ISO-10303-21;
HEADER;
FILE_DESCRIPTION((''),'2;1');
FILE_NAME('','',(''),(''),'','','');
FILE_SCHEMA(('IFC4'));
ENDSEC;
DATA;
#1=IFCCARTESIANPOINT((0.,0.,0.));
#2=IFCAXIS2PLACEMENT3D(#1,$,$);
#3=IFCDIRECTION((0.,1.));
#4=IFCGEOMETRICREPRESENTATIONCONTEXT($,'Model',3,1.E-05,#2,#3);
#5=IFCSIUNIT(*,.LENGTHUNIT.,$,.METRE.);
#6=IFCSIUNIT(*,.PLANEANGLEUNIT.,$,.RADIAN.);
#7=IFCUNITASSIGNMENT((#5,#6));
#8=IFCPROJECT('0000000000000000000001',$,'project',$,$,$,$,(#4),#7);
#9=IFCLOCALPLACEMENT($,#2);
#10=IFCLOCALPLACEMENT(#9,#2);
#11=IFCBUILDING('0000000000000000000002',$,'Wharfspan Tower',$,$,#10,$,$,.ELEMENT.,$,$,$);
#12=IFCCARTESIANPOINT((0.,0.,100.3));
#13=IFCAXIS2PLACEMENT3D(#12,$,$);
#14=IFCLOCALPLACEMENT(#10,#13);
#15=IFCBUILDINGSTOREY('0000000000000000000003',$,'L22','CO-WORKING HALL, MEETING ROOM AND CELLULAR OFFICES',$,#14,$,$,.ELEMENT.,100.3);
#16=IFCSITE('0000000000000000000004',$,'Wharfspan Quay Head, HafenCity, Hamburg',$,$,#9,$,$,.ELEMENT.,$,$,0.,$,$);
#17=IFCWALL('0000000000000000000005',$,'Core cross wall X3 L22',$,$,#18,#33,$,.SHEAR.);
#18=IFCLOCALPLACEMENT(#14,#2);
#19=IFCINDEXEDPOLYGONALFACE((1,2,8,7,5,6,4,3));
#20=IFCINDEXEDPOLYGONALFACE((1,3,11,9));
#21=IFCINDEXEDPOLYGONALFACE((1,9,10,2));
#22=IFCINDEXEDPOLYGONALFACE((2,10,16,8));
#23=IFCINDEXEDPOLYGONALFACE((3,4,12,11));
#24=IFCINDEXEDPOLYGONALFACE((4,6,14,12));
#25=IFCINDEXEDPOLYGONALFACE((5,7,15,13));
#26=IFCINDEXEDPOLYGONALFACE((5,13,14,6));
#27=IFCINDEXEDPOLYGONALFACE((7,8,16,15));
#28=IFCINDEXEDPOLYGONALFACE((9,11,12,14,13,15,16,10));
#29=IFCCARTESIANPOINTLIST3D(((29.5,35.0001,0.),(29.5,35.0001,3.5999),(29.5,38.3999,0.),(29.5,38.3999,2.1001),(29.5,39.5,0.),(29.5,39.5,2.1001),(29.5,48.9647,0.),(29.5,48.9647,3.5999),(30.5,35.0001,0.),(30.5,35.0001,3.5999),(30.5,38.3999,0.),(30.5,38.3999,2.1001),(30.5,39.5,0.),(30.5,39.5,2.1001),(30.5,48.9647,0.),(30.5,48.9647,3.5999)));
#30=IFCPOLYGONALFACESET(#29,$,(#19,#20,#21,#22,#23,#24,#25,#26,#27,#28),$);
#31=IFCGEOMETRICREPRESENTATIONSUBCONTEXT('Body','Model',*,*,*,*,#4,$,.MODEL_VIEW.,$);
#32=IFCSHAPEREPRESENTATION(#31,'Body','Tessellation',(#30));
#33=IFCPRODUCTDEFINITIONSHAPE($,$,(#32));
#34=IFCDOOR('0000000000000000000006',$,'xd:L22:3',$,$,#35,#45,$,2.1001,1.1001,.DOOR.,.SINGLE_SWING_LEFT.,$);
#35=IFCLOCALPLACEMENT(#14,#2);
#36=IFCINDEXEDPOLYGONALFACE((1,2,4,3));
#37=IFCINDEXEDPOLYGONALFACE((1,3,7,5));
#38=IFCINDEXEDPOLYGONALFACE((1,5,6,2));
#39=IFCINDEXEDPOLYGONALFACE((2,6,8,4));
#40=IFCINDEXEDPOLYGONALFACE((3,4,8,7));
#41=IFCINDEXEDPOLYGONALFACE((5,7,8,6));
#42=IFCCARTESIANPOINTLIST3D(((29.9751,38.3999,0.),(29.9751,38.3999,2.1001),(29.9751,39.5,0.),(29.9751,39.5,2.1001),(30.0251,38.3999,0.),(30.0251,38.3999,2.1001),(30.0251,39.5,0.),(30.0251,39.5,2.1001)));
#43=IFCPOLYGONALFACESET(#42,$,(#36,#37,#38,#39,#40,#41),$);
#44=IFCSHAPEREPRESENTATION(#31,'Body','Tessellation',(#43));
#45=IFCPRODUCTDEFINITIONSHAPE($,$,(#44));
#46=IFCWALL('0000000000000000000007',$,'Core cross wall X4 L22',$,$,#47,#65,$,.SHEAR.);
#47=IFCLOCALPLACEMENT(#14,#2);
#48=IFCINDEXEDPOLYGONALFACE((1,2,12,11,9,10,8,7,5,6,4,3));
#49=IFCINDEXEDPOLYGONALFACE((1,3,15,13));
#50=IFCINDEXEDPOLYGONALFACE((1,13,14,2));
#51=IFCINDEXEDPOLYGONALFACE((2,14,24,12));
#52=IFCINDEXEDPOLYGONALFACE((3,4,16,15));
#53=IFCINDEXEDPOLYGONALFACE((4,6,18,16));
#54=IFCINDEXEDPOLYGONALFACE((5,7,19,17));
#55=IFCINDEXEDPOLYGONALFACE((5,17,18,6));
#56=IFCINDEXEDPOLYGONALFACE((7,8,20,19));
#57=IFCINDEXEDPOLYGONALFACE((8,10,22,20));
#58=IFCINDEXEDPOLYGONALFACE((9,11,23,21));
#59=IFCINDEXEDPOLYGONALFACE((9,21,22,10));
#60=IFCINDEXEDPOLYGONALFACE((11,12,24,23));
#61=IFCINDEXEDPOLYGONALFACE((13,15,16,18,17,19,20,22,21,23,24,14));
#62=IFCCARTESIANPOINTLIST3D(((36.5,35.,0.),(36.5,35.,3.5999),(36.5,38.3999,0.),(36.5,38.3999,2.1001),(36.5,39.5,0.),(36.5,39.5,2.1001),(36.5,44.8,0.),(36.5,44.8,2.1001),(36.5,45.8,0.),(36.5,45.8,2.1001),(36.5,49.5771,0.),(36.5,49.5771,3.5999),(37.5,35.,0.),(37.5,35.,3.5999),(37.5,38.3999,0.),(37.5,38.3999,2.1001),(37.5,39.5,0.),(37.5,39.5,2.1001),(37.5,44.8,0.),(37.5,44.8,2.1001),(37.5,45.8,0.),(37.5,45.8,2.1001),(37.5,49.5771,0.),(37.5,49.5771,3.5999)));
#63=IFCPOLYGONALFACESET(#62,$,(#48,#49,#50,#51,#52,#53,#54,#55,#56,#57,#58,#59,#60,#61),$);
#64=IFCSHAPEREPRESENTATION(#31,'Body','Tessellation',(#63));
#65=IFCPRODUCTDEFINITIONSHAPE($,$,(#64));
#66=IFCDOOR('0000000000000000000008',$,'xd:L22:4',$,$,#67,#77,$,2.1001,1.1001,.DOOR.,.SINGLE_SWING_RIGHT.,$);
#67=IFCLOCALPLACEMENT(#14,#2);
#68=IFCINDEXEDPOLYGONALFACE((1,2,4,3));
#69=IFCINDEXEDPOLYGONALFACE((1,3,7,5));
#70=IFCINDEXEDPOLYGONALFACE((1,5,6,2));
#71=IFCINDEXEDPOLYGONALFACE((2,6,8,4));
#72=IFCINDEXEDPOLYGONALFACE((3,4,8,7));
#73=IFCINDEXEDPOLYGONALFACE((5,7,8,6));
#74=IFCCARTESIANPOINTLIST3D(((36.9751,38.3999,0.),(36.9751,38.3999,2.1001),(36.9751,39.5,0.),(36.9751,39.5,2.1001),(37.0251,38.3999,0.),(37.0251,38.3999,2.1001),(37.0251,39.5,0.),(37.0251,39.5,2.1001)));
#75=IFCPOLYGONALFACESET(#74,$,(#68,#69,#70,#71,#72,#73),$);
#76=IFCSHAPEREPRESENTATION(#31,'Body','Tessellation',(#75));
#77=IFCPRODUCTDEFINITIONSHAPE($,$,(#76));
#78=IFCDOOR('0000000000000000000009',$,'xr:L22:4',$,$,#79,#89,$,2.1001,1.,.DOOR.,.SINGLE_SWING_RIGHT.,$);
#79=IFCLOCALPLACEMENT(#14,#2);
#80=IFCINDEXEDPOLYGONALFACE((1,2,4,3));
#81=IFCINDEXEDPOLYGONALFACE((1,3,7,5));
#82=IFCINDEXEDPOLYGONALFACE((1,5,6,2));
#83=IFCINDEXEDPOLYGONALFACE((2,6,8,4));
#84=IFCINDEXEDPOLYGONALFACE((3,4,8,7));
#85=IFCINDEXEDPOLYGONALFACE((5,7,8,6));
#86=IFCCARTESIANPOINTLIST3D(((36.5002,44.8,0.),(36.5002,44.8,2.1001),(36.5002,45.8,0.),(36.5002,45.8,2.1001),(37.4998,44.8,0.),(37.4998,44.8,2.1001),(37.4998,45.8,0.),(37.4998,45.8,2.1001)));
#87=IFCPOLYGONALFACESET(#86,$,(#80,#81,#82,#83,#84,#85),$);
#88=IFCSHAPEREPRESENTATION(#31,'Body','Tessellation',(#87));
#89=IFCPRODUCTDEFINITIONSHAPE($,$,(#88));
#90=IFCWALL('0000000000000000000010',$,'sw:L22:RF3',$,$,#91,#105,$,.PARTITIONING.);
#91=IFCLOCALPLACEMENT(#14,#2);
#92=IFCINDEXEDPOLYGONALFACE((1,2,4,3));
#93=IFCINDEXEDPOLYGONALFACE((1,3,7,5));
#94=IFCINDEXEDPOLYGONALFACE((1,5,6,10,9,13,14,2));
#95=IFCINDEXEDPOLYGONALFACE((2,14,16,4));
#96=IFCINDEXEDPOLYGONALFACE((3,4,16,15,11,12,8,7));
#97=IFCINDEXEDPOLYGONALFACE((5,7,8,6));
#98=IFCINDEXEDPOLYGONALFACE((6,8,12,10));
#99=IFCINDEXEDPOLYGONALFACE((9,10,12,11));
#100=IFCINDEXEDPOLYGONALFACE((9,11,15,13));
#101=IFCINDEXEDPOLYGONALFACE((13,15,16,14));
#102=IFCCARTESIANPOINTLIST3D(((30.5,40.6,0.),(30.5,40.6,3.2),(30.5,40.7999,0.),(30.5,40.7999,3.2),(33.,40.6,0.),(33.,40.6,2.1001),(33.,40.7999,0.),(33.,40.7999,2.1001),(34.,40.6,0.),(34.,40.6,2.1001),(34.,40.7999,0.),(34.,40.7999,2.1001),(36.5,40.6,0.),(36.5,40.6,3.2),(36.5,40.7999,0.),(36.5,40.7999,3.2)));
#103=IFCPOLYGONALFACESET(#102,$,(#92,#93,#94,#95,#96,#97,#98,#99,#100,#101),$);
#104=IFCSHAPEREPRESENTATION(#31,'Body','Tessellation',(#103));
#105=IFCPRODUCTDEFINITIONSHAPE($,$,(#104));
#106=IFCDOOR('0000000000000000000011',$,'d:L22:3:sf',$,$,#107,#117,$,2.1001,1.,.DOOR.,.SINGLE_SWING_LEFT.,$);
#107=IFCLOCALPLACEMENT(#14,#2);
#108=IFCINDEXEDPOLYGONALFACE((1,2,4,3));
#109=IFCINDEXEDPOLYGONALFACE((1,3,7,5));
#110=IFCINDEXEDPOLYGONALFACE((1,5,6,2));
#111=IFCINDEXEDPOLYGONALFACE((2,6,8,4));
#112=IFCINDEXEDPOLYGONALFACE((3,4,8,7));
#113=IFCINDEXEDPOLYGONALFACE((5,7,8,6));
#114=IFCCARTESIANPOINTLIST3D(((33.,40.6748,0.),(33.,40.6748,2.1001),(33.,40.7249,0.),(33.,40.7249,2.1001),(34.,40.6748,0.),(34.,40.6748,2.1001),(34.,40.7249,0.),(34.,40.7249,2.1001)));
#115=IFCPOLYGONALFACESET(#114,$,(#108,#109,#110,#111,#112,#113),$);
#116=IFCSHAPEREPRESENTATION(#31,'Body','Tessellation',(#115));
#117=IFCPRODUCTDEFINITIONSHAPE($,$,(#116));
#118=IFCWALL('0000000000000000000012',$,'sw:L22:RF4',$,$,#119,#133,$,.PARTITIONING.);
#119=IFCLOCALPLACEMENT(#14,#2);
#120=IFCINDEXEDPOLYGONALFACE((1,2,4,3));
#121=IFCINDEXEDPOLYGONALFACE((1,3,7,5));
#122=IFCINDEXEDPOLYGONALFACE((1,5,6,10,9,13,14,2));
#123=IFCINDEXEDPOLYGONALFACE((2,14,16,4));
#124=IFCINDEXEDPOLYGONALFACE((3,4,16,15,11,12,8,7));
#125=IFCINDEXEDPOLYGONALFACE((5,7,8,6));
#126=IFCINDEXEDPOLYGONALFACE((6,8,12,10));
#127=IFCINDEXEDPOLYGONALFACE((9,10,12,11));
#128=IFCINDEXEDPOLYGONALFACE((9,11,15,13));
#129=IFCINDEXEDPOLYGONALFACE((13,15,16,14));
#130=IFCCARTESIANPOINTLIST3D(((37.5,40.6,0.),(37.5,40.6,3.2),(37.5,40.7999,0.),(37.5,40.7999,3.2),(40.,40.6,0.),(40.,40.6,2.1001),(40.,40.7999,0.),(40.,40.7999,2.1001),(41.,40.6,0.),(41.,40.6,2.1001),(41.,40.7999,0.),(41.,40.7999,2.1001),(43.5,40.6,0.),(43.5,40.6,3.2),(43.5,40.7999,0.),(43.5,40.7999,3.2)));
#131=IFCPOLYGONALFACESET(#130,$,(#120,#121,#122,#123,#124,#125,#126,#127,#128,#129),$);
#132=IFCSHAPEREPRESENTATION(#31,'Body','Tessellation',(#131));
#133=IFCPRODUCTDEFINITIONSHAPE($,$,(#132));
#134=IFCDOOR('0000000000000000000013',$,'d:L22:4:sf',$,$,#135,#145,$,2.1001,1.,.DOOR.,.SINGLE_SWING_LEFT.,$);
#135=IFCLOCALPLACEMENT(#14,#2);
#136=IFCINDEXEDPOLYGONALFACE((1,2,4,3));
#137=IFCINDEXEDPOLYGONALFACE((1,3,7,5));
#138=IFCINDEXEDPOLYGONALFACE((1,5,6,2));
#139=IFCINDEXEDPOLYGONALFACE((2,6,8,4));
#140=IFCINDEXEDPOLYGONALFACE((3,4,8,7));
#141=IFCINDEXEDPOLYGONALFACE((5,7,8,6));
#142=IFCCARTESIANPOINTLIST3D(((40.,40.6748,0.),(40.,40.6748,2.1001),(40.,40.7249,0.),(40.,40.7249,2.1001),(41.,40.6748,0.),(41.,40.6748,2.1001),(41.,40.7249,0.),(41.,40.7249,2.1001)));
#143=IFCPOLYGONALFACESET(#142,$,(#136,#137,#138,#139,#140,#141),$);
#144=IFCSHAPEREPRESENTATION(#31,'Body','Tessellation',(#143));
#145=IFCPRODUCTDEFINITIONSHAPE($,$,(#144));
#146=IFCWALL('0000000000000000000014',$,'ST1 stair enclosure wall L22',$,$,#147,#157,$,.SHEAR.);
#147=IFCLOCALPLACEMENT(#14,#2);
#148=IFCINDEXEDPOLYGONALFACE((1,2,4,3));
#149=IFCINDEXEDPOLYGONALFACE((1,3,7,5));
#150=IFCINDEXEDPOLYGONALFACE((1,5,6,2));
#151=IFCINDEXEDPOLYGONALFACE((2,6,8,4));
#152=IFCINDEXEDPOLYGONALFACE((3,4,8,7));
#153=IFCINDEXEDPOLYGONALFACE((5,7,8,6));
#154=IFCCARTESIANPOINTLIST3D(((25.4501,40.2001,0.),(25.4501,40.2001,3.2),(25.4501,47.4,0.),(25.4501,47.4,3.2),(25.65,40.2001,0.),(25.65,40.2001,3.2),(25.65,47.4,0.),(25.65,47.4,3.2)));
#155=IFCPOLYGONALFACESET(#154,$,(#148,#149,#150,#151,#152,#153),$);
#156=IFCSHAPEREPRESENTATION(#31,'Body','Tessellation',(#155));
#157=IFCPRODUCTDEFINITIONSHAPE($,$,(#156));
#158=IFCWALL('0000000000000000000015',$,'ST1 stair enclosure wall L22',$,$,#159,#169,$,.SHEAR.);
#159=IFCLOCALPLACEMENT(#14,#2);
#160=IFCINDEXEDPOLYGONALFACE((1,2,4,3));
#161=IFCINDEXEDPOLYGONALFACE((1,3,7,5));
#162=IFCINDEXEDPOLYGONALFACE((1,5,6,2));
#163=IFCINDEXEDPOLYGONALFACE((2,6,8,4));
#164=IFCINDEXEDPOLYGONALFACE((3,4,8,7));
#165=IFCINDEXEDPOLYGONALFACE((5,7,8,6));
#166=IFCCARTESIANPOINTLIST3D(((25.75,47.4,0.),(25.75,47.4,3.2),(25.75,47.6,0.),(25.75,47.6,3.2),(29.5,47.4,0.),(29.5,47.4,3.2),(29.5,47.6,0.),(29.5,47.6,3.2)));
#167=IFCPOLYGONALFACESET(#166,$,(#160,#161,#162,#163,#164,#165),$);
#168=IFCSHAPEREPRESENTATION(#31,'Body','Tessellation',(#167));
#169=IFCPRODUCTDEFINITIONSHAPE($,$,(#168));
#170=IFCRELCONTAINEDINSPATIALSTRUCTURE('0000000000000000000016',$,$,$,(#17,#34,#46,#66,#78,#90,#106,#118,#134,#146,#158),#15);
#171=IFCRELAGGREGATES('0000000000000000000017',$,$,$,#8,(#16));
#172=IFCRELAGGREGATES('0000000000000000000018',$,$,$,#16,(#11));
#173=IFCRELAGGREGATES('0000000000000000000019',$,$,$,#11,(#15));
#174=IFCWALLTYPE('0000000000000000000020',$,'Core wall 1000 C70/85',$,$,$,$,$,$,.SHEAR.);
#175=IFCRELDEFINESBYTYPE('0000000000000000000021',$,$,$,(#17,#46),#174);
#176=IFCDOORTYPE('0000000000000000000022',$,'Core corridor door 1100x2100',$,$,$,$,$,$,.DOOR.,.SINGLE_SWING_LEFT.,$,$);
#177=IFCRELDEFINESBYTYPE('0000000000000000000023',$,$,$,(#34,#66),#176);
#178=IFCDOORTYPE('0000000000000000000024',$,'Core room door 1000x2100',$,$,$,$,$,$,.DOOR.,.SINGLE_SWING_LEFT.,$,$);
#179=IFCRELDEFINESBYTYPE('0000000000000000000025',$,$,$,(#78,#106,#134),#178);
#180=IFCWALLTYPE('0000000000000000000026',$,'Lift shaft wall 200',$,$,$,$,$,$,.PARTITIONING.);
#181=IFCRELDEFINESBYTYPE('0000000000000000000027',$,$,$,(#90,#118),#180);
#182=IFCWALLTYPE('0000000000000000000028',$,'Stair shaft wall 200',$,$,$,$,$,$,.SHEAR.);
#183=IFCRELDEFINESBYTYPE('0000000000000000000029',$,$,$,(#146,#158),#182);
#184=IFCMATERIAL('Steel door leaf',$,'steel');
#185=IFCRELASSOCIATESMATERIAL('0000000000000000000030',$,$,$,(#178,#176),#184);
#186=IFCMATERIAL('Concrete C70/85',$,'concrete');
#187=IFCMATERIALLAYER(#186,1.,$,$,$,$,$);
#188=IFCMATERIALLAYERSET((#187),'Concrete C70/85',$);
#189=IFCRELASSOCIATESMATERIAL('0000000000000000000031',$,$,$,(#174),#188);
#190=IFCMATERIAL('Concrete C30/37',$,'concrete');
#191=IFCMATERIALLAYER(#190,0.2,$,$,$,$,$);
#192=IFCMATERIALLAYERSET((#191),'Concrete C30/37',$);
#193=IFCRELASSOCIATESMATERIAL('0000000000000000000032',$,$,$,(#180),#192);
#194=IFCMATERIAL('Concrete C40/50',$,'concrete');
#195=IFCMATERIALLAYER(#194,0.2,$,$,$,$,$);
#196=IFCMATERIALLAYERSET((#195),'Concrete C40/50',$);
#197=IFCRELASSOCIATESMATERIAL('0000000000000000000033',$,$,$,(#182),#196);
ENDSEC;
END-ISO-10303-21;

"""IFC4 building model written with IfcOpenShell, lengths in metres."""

from ifc_helpers import new_model, si_unit, direction, frame, frame_2d, origin, place, context, subcontext, project, spatial, rectangle, extrude, material, layer, layer_set, type_object, element, fill, save


model = new_model("IFC4")

# Units and contexts
model_context = context("Model", 3, precision=1e-05, world=origin(), true_north=direction((0.0, 1.0)))
body_context = subcontext(model_context, "Body", "Model", "MODEL_VIEW")
ifc_project = project(units=[si_unit("LENGTHUNIT", "METRE"), si_unit("PLANEANGLEUNIT", "RADIAN")], contexts=[model_context])

# Site, building, storey
site_placement = place(None, origin())
site = spatial("IfcSite", under=ifc_project, at=site_placement, Name="Wharfspan Quay Head, HafenCity, Hamburg", CompositionType="ELEMENT", RefElevation=0.0)
building_placement = place(site_placement, origin())
building = spatial("IfcBuilding", under=site, at=building_placement, Name="Wharfspan Tower", CompositionType="ELEMENT")
storey_placement = place(building_placement, frame((0.0, 0.0, 100.3)))
storey = spatial("IfcBuildingStorey", under=building, at=storey_placement, Name="L22", Description="CO-WORKING HALL, MEETING ROOM AND CELLULAR OFFICES", CompositionType="ELEMENT", Elevation=100.3)

# Wall, opening, door
ifc_material_1 = material(Name="Steel door leaf", Category="steel")
door_type_1 = type_object("IfcDoorType", Name="Core room door 1000x2100", OperationType="SINGLE_SWING_LEFT", PredefinedType="DOOR", material=ifc_material_1)
ifc_material_2 = material(Name="Concrete C70/85", Category="concrete")
ifc_layer_1 = layer(ifc_material_2, 1.0)
ifc_layer_set_1 = layer_set([ifc_layer_1], Name="Concrete C70/85")
wall_type_1 = type_object("IfcWallType", Name="Core wall 1000 C70/85", PredefinedType="SHEAR", material=ifc_layer_set_1)
wall_1_placement = place(storey_placement, frame((30.0, 35.0, 0.0), z_axis=(0.0, 0.0, 1.0), x_axis=(0.0, 1.0, 0.0)))
wall_1 = element("IfcWall", 1, at=wall_1_placement, inside=storey, type_object=wall_type_1, Name="Core cross wall X3 L22", PredefinedType="SHEAR", context=body_context, shape_type="SweptSolid", body=[
    extrude(rectangle(XDim=13.9646, YDim=1.0, at=frame_2d((6.9824, 0.0))), origin(), (0.0, 0.0, 1.0), 3.5999),
])
opening_1_placement = place(wall_1_placement, frame((3.3999, 0.0, 0.0)))
opening_1 = element("IfcOpeningElement", 2, at=opening_1_placement, cuts=wall_1, PredefinedType="OPENING", context=body_context, shape_type="SweptSolid", body=[
    extrude(rectangle(XDim=1.1001, YDim=2.1001, at=frame_2d((0.55, 1.05))), frame((0.0, 0.51, 0.0), z_axis=(0.0, -1.0, 0.0), x_axis=(1.0, 0.0, 0.0)), (0.0, 0.0, 1.0), 1.02),
])
door_type_2 = type_object("IfcDoorType", Name="Core corridor door 1100x2100", OperationType="SINGLE_SWING_LEFT", PredefinedType="DOOR", material=ifc_material_1)
door_1_placement = place(opening_1_placement, origin())
door_1 = element("IfcDoor", 3, at=door_1_placement, inside=storey, type_object=door_type_2, Name="xd:L22:3", OperationType="SINGLE_SWING_LEFT", OverallHeight=2.1001, OverallWidth=1.1001, PredefinedType="DOOR", context=body_context, shape_type="SweptSolid", body=[
    extrude(rectangle(XDim=1.1001, YDim=2.1001, at=frame_2d((0.55, 1.05))), frame((0.0, 0.0249, 0.0), z_axis=(0.0, -1.0, 0.0), x_axis=(1.0, 0.0, 0.0)), (0.0, 0.0, 1.0), 0.05),
])
fill(opening_1, door_1)

# Wall, openings, doors
wall_2_placement = place(storey_placement, frame((37.0, 35.0, 0.0), z_axis=(0.0, 0.0, 1.0), x_axis=(0.0, 1.0, 0.0)))
wall_2 = element("IfcWall", 4, at=wall_2_placement, inside=storey, type_object=wall_type_1, Name="Core cross wall X4 L22", PredefinedType="SHEAR", context=body_context, shape_type="SweptSolid", body=[
    extrude(rectangle(XDim=14.5771, YDim=1.0, at=frame_2d((7.2886, 0.0))), origin(), (0.0, 0.0, 1.0), 3.5999),
])
opening_2_placement = place(wall_2_placement, frame((3.3999, 0.0, 0.0)))
opening_2 = element("IfcOpeningElement", 5, at=opening_2_placement, cuts=wall_2, PredefinedType="OPENING", context=body_context, shape_type="SweptSolid", body=[
    extrude(rectangle(XDim=1.1001, YDim=2.1001, at=frame_2d((0.55, 1.05))), frame((0.0, 0.51, 0.0), z_axis=(0.0, -1.0, 0.0), x_axis=(1.0, 0.0, 0.0)), (0.0, 0.0, 1.0), 1.02),
])
opening_3_placement = place(wall_2_placement, frame((9.8, 0.0, 0.0)))
opening_3 = element("IfcOpeningElement", 6, at=opening_3_placement, cuts=wall_2, PredefinedType="OPENING", context=body_context, shape_type="SweptSolid", body=[
    extrude(rectangle(XDim=1.0, YDim=2.1001, at=frame_2d((0.5, 1.05))), frame((0.0, 0.51, 0.0), z_axis=(0.0, -1.0, 0.0), x_axis=(1.0, 0.0, 0.0)), (0.0, 0.0, 1.0), 1.02),
])
door_2_placement = place(opening_2_placement, origin())
door_2 = element("IfcDoor", 7, at=door_2_placement, inside=storey, type_object=door_type_2, Name="xd:L22:4", OperationType="SINGLE_SWING_RIGHT", OverallHeight=2.1001, OverallWidth=1.1001, PredefinedType="DOOR", context=body_context, shape_type="SweptSolid", body=[
    extrude(rectangle(XDim=1.1001, YDim=2.1001, at=frame_2d((0.55, 1.05))), frame((0.0, 0.0249, 0.0), z_axis=(0.0, -1.0, 0.0), x_axis=(1.0, 0.0, 0.0)), (0.0, 0.0, 1.0), 0.05),
])
fill(opening_2, door_2)
door_3_placement = place(opening_3_placement, origin())
door_3 = element("IfcDoor", 8, at=door_3_placement, inside=storey, type_object=door_type_1, Name="xr:L22:4", OperationType="SINGLE_SWING_RIGHT", OverallHeight=2.1001, OverallWidth=1.0, PredefinedType="DOOR", context=body_context, shape_type="SweptSolid", body=[
    extrude(rectangle(XDim=1.0, YDim=2.1001, at=frame_2d((0.5, 1.05))), frame((0.0, 0.4998, 0.0), z_axis=(0.0, -1.0, 0.0), x_axis=(1.0, 0.0, 0.0)), (0.0, 0.0, 1.0), 0.9995),
])
fill(opening_3, door_3)

# Walls, openings, doors
ifc_material_3 = material(Name="Concrete C30/37", Category="concrete")
ifc_layer_2 = layer(ifc_material_3, 0.2)
ifc_layer_set_2 = layer_set([ifc_layer_2], Name="Concrete C30/37")
wall_type_2 = type_object("IfcWallType", Name="Lift shaft wall 200", PredefinedType="PARTITIONING", material=ifc_layer_set_2)
wall_3_placement = place(storey_placement, frame((30.5, 40.7, 0.0), z_axis=(0.0, 0.0, 1.0), x_axis=(1.0, 0.0, 0.0)))
wall_3 = element("IfcWall", 9, at=wall_3_placement, inside=storey, type_object=wall_type_2, Name="sw:L22:RF3", PredefinedType="PARTITIONING", context=body_context, shape_type="SweptSolid", body=[
    extrude(rectangle(XDim=6.0, YDim=0.2, at=frame_2d((3.0, 0.0))), origin(), (0.0, 0.0, 1.0), 3.2),
])
opening_4_placement = place(wall_3_placement, frame((2.5, 0.0, 0.0)))
opening_4 = element("IfcOpeningElement", 10, at=opening_4_placement, cuts=wall_3, PredefinedType="OPENING", context=body_context, shape_type="SweptSolid", body=[
    extrude(rectangle(XDim=1.0, YDim=2.1001, at=frame_2d((0.5, 1.05))), frame((0.0, 0.1099, 0.0), z_axis=(0.0, -1.0, 0.0), x_axis=(1.0, 0.0, 0.0)), (0.0, 0.0, 1.0), 0.22),
])
door_4_placement = place(opening_4_placement, origin())
door_4 = element("IfcDoor", 11, at=door_4_placement, inside=storey, type_object=door_type_1, Name="d:L22:3:sf", OperationType="SINGLE_SWING_LEFT", OverallHeight=2.1001, OverallWidth=1.0, PredefinedType="DOOR", context=body_context, shape_type="SweptSolid", body=[
    extrude(rectangle(XDim=1.0, YDim=2.1001, at=frame_2d((0.5, 1.05))), frame((0.0, 0.0249, 0.0), z_axis=(0.0, -1.0, 0.0), x_axis=(1.0, 0.0, 0.0)), (0.0, 0.0, 1.0), 0.05),
])
fill(opening_4, door_4)
wall_4_placement = place(storey_placement, frame((37.5, 40.7, 0.0), z_axis=(0.0, 0.0, 1.0), x_axis=(1.0, 0.0, 0.0)))
wall_4 = element("IfcWall", 12, at=wall_4_placement, inside=storey, type_object=wall_type_2, Name="sw:L22:RF4", PredefinedType="PARTITIONING", context=body_context, shape_type="SweptSolid", body=[
    extrude(rectangle(XDim=6.0, YDim=0.2, at=frame_2d((3.0, 0.0))), origin(), (0.0, 0.0, 1.0), 3.2),
])
opening_5_placement = place(wall_4_placement, frame((2.5, 0.0, 0.0)))
opening_5 = element("IfcOpeningElement", 13, at=opening_5_placement, cuts=wall_4, PredefinedType="OPENING", context=body_context, shape_type="SweptSolid", body=[
    extrude(rectangle(XDim=1.0, YDim=2.1001, at=frame_2d((0.5, 1.05))), frame((0.0, 0.1099, 0.0), z_axis=(0.0, -1.0, 0.0), x_axis=(1.0, 0.0, 0.0)), (0.0, 0.0, 1.0), 0.22),
])
door_5_placement = place(opening_5_placement, origin())
door_5 = element("IfcDoor", 14, at=door_5_placement, inside=storey, type_object=door_type_1, Name="d:L22:4:sf", OperationType="SINGLE_SWING_LEFT", OverallHeight=2.1001, OverallWidth=1.0, PredefinedType="DOOR", context=body_context, shape_type="SweptSolid", body=[
    extrude(rectangle(XDim=1.0, YDim=2.1001, at=frame_2d((0.5, 1.05))), frame((0.0, 0.0249, 0.0), z_axis=(0.0, -1.0, 0.0), x_axis=(1.0, 0.0, 0.0)), (0.0, 0.0, 1.0), 0.05),
])
fill(opening_5, door_5)

# Walls
ifc_material_4 = material(Name="Concrete C40/50", Category="concrete")
ifc_layer_3 = layer(ifc_material_4, 0.2)
ifc_layer_set_3 = layer_set([ifc_layer_3], Name="Concrete C40/50")
wall_type_3 = type_object("IfcWallType", Name="Stair shaft wall 200", PredefinedType="SHEAR", material=ifc_layer_set_3)
wall_5_placement = place(storey_placement, frame((25.55, 40.2, 0.0), z_axis=(0.0, 0.0, 1.0), x_axis=(0.0, 1.0, 0.0)))
element("IfcWall", 15, at=wall_5_placement, inside=storey, type_object=wall_type_3, Name="ST1 stair enclosure wall L22", PredefinedType="SHEAR", context=body_context, shape_type="SweptSolid", body=[
    extrude(rectangle(XDim=7.2, YDim=0.2, at=frame_2d((3.6001, 0.0))), origin(), (0.0, 0.0, 1.0), 3.2),
])
wall_6_placement = place(storey_placement, frame((25.75, 47.5, 0.0), z_axis=(0.0, 0.0, 1.0), x_axis=(1.0, 0.0, 0.0)))
element("IfcWall", 16, at=wall_6_placement, inside=storey, type_object=wall_type_3, Name="ST1 stair enclosure wall L22", PredefinedType="SHEAR", context=body_context, shape_type="SweptSolid", body=[
    extrude(rectangle(XDim=3.75, YDim=0.2, at=frame_2d((1.875, 0.0))), origin(), (0.0, 0.0, 1.0), 3.2),
])

save(model, "model.ifc")
